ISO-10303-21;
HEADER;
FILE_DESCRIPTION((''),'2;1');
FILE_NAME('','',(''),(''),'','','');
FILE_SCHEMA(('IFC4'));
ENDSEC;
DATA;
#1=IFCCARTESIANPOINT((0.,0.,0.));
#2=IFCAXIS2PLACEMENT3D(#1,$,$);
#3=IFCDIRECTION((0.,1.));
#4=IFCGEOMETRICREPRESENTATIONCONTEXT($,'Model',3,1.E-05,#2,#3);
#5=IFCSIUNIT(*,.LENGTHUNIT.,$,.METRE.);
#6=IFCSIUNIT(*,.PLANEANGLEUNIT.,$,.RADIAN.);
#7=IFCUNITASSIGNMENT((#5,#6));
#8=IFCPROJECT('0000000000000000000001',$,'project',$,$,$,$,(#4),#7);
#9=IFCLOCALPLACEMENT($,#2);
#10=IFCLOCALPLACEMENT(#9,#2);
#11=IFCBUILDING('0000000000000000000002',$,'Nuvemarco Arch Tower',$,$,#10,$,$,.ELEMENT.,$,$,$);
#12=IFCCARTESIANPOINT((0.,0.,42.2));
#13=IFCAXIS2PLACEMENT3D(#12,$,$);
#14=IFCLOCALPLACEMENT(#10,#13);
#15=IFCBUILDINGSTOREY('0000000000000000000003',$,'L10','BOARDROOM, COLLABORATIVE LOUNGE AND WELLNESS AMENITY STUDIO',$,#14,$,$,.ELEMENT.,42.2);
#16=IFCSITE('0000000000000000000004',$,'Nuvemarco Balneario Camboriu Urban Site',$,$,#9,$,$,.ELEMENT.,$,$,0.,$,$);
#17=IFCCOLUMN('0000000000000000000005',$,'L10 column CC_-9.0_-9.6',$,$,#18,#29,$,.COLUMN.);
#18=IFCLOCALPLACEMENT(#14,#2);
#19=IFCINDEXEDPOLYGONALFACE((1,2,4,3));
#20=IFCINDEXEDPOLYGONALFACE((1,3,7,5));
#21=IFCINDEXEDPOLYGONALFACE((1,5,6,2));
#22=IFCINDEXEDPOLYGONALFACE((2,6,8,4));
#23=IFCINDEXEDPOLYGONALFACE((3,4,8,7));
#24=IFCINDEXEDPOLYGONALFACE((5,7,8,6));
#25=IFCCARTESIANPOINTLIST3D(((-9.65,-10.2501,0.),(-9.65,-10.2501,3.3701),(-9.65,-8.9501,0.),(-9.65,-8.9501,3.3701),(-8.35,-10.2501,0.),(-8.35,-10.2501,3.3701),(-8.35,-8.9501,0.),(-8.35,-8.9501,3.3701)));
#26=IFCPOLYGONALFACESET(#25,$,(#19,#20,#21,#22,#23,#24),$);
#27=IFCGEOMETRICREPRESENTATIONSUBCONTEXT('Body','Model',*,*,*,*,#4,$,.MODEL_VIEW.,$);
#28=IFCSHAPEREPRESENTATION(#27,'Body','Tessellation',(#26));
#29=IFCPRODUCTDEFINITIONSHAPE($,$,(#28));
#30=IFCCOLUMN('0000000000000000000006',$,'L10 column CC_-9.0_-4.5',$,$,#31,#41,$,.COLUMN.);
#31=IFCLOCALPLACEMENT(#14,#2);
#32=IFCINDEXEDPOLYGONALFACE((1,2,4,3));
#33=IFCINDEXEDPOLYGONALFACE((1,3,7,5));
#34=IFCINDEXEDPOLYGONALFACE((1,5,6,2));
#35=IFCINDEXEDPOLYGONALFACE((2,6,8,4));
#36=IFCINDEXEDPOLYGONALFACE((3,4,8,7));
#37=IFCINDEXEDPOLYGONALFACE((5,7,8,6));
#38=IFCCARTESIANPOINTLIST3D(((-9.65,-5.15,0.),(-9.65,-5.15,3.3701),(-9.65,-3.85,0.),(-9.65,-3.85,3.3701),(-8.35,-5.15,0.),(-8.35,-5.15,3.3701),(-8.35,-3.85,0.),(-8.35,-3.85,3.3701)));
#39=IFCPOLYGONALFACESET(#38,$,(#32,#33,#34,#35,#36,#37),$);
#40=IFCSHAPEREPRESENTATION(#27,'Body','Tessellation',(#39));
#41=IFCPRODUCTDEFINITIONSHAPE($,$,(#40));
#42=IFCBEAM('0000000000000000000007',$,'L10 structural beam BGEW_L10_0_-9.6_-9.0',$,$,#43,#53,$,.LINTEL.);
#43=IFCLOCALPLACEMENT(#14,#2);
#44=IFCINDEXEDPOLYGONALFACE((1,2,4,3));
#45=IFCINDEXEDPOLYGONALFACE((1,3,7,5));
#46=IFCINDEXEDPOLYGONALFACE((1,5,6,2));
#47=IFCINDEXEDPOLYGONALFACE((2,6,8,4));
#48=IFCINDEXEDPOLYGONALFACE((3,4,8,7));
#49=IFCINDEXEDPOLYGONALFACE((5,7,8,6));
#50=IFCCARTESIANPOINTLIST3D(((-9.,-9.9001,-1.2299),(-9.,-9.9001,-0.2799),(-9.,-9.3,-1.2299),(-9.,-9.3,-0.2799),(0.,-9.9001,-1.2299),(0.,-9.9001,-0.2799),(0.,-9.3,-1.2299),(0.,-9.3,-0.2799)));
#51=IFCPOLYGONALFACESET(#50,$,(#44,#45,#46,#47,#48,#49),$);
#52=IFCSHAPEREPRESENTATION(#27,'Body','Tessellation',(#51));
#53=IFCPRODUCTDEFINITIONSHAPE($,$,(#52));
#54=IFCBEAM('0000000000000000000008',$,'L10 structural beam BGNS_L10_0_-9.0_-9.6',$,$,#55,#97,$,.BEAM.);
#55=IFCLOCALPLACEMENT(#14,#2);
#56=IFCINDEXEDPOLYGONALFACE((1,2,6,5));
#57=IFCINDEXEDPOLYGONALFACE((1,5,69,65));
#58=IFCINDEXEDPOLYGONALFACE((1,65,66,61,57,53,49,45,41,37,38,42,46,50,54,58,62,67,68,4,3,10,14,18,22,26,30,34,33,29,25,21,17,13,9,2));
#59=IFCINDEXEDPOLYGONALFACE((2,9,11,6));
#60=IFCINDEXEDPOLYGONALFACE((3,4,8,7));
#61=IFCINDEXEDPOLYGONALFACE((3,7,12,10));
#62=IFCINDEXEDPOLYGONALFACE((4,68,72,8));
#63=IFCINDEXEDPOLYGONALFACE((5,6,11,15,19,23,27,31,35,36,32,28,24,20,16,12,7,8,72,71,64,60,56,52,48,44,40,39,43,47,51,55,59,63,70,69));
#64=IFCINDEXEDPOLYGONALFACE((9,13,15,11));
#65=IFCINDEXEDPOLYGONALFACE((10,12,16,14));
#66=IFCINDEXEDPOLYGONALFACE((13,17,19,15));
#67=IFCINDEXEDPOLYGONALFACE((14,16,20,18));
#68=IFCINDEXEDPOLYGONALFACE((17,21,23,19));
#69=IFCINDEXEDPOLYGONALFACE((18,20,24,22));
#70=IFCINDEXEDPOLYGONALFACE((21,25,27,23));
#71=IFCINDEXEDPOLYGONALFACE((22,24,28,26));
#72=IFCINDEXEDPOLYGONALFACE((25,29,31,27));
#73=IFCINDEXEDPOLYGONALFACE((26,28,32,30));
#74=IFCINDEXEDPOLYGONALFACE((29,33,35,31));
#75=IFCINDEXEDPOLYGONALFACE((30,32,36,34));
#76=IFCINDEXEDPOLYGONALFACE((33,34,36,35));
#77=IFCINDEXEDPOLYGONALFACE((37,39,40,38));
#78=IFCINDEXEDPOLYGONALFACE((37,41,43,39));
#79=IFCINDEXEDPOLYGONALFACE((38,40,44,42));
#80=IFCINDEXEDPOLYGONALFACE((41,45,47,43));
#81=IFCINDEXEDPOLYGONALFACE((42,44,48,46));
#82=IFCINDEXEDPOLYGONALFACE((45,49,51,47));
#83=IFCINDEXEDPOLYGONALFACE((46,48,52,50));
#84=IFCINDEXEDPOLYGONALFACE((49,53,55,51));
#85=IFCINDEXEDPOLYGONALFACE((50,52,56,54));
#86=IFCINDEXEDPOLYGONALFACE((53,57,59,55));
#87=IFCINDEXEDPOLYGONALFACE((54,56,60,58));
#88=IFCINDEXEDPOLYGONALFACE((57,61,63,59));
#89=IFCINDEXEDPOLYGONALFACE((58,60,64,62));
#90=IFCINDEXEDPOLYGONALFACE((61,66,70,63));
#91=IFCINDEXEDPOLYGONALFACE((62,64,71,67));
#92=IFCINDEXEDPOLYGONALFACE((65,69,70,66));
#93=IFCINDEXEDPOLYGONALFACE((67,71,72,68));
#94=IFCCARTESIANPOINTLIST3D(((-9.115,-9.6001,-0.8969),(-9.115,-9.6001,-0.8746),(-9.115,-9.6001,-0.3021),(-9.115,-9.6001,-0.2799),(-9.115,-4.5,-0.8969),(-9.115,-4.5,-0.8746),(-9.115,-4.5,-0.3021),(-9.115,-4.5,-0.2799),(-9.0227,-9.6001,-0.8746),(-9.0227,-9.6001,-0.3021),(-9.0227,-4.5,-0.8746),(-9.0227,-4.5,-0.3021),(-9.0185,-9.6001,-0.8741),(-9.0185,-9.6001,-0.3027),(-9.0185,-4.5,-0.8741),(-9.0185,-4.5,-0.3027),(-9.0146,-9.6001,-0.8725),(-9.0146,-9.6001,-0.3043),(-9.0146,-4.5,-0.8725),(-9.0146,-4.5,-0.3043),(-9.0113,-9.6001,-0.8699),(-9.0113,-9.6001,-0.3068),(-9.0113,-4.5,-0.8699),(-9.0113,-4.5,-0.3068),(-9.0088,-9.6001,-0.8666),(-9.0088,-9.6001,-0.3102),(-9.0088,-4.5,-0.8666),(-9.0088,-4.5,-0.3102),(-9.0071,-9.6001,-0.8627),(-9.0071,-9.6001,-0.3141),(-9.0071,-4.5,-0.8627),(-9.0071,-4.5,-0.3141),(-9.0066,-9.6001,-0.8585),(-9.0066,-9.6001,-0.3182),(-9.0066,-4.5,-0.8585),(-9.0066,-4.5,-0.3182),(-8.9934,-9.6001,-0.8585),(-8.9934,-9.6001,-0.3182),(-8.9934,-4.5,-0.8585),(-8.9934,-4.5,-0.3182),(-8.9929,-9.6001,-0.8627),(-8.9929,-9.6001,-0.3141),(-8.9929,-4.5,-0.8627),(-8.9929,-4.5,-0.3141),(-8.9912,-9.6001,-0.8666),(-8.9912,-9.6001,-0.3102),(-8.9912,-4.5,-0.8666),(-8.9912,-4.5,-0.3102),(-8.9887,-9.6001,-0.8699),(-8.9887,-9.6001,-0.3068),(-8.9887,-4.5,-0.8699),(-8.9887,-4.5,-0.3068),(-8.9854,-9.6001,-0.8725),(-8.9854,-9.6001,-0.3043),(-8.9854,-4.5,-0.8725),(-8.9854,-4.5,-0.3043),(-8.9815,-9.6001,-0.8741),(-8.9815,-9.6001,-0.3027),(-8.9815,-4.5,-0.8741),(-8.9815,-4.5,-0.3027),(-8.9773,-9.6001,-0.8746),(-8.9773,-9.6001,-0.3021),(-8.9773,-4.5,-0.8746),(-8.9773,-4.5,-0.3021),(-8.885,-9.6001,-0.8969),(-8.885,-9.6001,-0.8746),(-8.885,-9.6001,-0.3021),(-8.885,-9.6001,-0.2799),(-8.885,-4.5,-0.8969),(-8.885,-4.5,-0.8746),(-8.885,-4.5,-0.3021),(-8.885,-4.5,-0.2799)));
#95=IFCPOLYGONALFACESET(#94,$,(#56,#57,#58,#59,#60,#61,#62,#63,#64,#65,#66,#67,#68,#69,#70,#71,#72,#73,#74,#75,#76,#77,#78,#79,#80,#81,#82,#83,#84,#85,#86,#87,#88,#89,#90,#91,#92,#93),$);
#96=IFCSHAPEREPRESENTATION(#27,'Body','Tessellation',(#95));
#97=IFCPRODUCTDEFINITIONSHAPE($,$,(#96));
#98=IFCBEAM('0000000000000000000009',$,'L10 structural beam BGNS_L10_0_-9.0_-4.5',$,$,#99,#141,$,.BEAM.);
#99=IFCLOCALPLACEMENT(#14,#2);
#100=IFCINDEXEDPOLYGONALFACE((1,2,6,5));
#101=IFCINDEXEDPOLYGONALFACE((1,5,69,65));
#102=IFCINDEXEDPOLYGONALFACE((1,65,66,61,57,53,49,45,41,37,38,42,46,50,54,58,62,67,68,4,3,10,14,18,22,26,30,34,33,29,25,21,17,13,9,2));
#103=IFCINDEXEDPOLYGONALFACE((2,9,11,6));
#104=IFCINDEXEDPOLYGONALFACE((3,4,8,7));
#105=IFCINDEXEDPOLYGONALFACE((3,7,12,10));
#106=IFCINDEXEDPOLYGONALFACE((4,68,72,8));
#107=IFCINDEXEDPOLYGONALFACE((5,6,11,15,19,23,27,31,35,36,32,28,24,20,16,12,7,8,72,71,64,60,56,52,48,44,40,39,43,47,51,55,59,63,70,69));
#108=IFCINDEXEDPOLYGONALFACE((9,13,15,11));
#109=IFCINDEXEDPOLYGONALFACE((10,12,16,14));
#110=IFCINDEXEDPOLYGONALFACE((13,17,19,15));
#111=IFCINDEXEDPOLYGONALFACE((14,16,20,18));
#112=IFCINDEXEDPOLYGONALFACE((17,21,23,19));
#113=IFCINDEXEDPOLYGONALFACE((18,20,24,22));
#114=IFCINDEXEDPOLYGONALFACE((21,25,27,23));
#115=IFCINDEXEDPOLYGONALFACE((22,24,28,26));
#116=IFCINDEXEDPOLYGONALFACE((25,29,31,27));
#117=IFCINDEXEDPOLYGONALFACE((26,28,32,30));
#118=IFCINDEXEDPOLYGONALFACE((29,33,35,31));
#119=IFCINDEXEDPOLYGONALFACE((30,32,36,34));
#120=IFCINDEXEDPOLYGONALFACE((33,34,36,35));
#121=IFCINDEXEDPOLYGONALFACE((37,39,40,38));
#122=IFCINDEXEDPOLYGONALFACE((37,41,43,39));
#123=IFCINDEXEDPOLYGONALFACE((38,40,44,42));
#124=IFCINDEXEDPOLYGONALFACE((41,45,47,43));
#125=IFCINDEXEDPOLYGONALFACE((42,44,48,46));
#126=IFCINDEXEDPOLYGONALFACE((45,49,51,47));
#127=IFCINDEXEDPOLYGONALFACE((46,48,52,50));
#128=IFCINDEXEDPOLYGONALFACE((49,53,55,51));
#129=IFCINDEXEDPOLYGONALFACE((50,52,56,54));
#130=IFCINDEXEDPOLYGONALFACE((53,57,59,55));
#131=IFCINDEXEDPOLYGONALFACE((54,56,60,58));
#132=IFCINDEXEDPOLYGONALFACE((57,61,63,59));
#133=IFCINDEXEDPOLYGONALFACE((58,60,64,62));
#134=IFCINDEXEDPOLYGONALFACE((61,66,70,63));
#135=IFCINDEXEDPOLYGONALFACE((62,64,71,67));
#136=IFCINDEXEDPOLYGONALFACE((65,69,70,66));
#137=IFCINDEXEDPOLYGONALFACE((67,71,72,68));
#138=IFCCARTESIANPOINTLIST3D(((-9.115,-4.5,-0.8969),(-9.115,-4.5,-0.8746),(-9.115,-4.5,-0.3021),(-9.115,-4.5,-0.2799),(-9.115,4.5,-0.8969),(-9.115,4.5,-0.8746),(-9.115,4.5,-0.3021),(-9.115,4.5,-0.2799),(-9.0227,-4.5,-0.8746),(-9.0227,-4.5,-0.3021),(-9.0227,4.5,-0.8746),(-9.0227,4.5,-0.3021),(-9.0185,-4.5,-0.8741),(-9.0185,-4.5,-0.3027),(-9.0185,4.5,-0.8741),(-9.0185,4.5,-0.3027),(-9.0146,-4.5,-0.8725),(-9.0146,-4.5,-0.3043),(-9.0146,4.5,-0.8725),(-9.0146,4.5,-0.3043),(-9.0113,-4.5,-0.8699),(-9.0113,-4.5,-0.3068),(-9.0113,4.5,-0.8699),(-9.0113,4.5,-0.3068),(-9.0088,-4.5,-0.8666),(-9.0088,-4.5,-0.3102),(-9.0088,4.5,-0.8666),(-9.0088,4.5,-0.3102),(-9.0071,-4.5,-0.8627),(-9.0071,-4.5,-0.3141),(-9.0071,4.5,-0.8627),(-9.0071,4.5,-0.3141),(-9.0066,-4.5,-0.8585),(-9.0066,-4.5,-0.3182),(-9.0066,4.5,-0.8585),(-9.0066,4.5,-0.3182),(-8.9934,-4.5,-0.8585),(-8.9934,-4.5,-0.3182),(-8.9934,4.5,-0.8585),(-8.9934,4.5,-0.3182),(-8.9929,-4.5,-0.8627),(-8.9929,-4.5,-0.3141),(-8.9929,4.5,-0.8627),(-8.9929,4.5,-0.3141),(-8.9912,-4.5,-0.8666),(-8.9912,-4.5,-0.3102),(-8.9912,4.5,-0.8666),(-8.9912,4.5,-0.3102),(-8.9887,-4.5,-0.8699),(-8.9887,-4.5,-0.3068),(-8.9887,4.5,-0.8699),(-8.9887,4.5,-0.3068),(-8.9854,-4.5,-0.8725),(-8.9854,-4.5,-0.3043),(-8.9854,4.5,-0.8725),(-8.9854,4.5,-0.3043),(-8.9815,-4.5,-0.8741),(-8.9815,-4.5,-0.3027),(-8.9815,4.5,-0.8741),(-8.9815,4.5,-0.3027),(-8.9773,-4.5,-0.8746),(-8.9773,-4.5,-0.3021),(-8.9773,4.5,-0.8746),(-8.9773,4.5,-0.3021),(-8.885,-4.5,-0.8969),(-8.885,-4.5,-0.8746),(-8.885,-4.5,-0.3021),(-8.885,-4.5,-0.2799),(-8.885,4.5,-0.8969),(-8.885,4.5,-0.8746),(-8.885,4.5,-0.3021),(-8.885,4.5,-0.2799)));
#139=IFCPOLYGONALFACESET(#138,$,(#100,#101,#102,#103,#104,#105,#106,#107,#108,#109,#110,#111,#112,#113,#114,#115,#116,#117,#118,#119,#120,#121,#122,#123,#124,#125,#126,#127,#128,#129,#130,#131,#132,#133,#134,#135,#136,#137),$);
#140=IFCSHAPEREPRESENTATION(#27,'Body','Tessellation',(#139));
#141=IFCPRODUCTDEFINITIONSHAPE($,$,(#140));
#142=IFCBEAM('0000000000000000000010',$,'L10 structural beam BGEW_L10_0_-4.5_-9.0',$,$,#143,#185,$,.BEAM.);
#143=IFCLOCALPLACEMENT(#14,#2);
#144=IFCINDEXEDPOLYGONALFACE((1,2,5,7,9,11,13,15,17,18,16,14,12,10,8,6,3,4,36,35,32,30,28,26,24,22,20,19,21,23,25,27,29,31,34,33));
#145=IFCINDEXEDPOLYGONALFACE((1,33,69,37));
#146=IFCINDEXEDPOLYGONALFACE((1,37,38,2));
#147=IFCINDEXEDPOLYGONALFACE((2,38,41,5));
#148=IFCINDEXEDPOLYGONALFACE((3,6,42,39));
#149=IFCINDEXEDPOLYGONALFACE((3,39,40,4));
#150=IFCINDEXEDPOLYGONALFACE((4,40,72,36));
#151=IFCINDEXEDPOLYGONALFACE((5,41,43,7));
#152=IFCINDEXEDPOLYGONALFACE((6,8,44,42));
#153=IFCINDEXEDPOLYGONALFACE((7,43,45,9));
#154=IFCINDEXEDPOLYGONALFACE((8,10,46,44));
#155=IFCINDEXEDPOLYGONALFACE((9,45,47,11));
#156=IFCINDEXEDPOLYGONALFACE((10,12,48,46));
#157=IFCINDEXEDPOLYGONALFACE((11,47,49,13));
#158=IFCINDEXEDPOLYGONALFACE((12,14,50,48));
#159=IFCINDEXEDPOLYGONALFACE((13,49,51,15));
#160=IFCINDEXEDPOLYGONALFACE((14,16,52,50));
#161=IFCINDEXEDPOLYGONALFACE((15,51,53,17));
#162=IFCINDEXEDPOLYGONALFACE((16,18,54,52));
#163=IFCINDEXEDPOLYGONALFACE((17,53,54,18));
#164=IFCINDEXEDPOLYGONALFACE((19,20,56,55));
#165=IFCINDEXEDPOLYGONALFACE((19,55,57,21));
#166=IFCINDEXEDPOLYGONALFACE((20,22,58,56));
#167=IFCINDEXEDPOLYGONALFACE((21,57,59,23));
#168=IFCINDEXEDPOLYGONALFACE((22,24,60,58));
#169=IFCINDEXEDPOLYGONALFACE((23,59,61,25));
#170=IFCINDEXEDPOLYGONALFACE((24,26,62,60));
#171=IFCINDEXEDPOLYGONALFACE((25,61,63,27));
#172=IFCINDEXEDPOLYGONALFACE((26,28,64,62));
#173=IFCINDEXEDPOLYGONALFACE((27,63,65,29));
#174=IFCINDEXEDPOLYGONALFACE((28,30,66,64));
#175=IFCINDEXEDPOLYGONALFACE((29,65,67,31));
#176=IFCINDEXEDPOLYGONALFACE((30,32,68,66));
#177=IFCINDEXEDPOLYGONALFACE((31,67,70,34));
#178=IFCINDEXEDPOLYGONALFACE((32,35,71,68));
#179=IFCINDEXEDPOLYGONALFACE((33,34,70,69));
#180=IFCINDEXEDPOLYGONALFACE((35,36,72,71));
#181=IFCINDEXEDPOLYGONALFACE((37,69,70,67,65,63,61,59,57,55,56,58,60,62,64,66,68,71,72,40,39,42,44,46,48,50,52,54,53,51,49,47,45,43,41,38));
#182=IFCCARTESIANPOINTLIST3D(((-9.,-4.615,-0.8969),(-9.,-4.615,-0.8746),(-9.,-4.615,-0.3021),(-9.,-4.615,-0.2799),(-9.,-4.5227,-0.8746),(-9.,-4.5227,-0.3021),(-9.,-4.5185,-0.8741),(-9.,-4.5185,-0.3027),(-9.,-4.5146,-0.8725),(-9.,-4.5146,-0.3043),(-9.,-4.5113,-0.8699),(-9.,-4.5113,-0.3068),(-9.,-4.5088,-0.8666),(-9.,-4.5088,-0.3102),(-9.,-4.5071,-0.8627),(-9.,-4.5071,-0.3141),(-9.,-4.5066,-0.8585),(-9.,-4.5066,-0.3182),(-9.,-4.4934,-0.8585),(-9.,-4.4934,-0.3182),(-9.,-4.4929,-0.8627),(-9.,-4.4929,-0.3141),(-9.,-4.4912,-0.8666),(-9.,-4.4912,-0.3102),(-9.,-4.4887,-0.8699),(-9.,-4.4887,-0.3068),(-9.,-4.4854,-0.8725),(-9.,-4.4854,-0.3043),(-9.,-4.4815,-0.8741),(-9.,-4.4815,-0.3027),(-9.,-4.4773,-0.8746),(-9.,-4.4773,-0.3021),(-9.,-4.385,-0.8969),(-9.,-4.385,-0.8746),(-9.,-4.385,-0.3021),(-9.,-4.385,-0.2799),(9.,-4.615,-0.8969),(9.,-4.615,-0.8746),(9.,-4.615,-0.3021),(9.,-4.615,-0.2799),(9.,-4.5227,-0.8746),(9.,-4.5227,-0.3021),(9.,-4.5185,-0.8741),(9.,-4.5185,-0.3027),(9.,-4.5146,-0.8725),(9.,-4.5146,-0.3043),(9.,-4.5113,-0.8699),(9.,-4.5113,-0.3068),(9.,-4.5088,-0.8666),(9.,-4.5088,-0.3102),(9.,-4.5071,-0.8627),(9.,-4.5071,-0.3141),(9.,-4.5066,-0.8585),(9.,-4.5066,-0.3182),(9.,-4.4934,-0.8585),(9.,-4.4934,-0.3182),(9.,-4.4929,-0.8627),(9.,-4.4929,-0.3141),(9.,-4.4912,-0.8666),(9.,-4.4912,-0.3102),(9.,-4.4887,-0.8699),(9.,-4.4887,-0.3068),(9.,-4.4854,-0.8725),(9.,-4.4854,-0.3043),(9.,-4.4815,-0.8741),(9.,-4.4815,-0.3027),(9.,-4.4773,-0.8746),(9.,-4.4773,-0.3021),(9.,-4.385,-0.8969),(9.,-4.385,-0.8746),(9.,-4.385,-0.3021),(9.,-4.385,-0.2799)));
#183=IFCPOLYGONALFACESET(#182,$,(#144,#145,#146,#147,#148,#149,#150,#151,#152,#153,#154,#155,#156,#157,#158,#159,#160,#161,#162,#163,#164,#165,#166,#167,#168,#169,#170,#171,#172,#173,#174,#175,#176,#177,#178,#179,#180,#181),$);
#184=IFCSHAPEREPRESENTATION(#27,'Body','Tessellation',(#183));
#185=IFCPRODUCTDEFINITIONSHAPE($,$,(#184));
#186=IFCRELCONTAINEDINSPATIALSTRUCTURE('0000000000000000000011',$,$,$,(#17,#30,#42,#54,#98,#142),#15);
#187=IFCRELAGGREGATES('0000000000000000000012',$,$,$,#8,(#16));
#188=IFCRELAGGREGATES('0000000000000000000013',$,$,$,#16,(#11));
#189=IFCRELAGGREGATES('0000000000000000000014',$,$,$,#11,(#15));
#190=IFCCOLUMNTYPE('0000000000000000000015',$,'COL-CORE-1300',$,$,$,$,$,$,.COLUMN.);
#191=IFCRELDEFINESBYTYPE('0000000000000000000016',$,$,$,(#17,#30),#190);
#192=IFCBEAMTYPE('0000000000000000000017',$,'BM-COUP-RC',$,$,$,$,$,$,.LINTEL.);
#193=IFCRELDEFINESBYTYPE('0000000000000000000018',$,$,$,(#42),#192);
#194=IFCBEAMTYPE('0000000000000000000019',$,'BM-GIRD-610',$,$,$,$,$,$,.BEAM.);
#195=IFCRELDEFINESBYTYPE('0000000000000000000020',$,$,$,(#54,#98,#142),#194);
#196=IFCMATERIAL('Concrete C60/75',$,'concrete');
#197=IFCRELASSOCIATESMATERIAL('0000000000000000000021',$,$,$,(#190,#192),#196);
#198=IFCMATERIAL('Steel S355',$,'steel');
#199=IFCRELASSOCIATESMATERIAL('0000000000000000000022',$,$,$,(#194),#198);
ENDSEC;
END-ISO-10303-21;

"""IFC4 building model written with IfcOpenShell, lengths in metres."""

from ifc_helpers import new_model, si_unit, direction, frame, origin, origin_2d, place, context, subcontext, project, spatial, rectangle, i_section, extrude, material, material_profile, profile_set, type_object, element, save


model = new_model("IFC4")

# Units and contexts
model_context = context("Model", 3, precision=1e-05, world=origin(), true_north=direction((0.0, 1.0)))
body_context = subcontext(model_context, "Body", "Model", "MODEL_VIEW")
ifc_project = project(units=[si_unit("LENGTHUNIT", "METRE"), si_unit("PLANEANGLEUNIT", "RADIAN")], contexts=[model_context])

# Site, building, storey
site_placement = place(None, origin())
site = spatial("IfcSite", under=ifc_project, at=site_placement, Name="Nuvemarco Balneario Camboriu Urban Site", CompositionType="ELEMENT", RefElevation=0.0)
building_placement = place(site_placement, origin())
building = spatial("IfcBuilding", under=site, at=building_placement, Name="Nuvemarco Arch Tower", CompositionType="ELEMENT")
storey_placement = place(building_placement, frame((0.0, 0.0, 42.2)))
storey = spatial("IfcBuildingStorey", under=building, at=storey_placement, Name="L10", Description="BOARDROOM, COLLABORATIVE LOUNGE AND WELLNESS AMENITY STUDIO", CompositionType="ELEMENT", Elevation=42.2)

# Columns
ifc_material_1 = material(Name="Concrete C60/75", Category="concrete")
ifc_material_profile_1 = material_profile(ifc_material_1, rectangle(XDim=1.3, YDim=1.3, at=origin_2d()), Name="RC-COL-1300x1300")
ifc_profile_set_1 = profile_set([ifc_material_profile_1], Name="Concrete C60/75")
column_type = type_object("IfcColumnType", Name="COL-CORE-1300", PredefinedType="COLUMN", material=ifc_profile_set_1)
for number, where, z_axis, x_axis, name in (
    (1, (-9.0, -9.6001, 0.0), (0.0, 0.0, 1.0), (1.0, 0.0, 0.0), "L10 column CC_-9.0_-9.6"),
    (2, (-9.0, -4.5, 0.0), (0.0, 0.0, 1.0), (1.0, 0.0, 0.0), "L10 column CC_-9.0_-4.5"),
):
    element("IfcColumn", number, at=place(storey_placement, frame(where, z_axis=z_axis, x_axis=x_axis)), inside=storey, type_object=column_type, Name=name, PredefinedType="COLUMN", context=body_context, shape_type="SweptSolid", body=[
        extrude(rectangle(XDim=1.3, YDim=1.3, at=origin_2d()), origin(), (0.0, 0.0, 1.0), 3.3701),
    ])

# Beams
ifc_material_profile_2 = material_profile(ifc_material_1, rectangle(XDim=0.6001, YDim=0.95, at=origin_2d()), Name="RC-BM-600x950")
ifc_profile_set_2 = profile_set([ifc_material_profile_2], Name="Concrete C60/75")
beam_type_1 = type_object("IfcBeamType", Name="BM-COUP-RC", PredefinedType="LINTEL", material=ifc_profile_set_2)
beam_1_placement = place(storey_placement, frame((-9.0, -9.6001, -0.7549), z_axis=(1.0, 0.0, 0.0), x_axis=(0.0, 1.0, 0.0)))
element("IfcBeam", 3, at=beam_1_placement, inside=storey, type_object=beam_type_1, Name="L10 structural beam BGEW_L10_0_-9.6_-9.0", PredefinedType="LINTEL", context=body_context, shape_type="SweptSolid", body=[
    extrude(rectangle(XDim=0.6001, YDim=0.95, at=origin_2d()), origin(), (0.0, 0.0, 1.0), 9.0),
])
ifc_material_2 = material(Name="Steel S355", Category="steel")
ifc_material_profile_3 = material_profile(ifc_material_2, i_section(OverallWidth=0.23, OverallDepth=0.6169, WebThickness=0.0132, FlangeThickness=0.0222, FilletRadius=0.0161, at=origin_2d()), Name="W610x140")
ifc_profile_set_3 = profile_set([ifc_material_profile_3], Name="Steel S355")
beam_type_2 = type_object("IfcBeamType", Name="BM-GIRD-610", PredefinedType="BEAM", material=ifc_profile_set_3)
beam_2_placement = place(storey_placement, frame((-9.0, -9.6001, -0.5884), z_axis=(0.0, 1.0, 0.0), x_axis=(-1.0, 0.0, 0.0)))
element("IfcBeam", 4, at=beam_2_placement, inside=storey, type_object=beam_type_2, Name="L10 structural beam BGNS_L10_0_-9.0_-9.6", PredefinedType="BEAM", context=body_context, shape_type="SweptSolid", body=[
    extrude(i_section(OverallWidth=0.23, OverallDepth=0.6169, WebThickness=0.0132, FlangeThickness=0.0222, FilletRadius=0.0161, at=origin_2d()), origin(), (0.0, 0.0, 1.0), 5.1001),
])
beam_3_placement = place(storey_placement, frame((-9.0, -4.5, -0.5884), z_axis=(0.0, 1.0, 0.0), x_axis=(-1.0, 0.0, 0.0)))
element("IfcBeam", 5, at=beam_3_placement, inside=storey, type_object=beam_type_2, Name="L10 structural beam BGNS_L10_0_-9.0_-4.5", PredefinedType="BEAM", context=body_context, shape_type="SweptSolid", body=[
    extrude(i_section(OverallWidth=0.23, OverallDepth=0.6169, WebThickness=0.0132, FlangeThickness=0.0222, FilletRadius=0.0161, at=origin_2d()), origin(), (0.0, 0.0, 1.0), 9.0),
])
beam_4_placement = place(storey_placement, frame((-9.0, -4.5, -0.5884), z_axis=(1.0, 0.0, 0.0), x_axis=(0.0, 1.0, 0.0)))
element("IfcBeam", 6, at=beam_4_placement, inside=storey, type_object=beam_type_2, Name="L10 structural beam BGEW_L10_0_-4.5_-9.0", PredefinedType="BEAM", context=body_context, shape_type="SweptSolid", body=[
    extrude(i_section(OverallWidth=0.23, OverallDepth=0.6169, WebThickness=0.0132, FlangeThickness=0.0222, FilletRadius=0.0161, at=origin_2d()), origin(), (0.0, 0.0, 1.0), 18.0),
])

save(model, "model.ifc")
